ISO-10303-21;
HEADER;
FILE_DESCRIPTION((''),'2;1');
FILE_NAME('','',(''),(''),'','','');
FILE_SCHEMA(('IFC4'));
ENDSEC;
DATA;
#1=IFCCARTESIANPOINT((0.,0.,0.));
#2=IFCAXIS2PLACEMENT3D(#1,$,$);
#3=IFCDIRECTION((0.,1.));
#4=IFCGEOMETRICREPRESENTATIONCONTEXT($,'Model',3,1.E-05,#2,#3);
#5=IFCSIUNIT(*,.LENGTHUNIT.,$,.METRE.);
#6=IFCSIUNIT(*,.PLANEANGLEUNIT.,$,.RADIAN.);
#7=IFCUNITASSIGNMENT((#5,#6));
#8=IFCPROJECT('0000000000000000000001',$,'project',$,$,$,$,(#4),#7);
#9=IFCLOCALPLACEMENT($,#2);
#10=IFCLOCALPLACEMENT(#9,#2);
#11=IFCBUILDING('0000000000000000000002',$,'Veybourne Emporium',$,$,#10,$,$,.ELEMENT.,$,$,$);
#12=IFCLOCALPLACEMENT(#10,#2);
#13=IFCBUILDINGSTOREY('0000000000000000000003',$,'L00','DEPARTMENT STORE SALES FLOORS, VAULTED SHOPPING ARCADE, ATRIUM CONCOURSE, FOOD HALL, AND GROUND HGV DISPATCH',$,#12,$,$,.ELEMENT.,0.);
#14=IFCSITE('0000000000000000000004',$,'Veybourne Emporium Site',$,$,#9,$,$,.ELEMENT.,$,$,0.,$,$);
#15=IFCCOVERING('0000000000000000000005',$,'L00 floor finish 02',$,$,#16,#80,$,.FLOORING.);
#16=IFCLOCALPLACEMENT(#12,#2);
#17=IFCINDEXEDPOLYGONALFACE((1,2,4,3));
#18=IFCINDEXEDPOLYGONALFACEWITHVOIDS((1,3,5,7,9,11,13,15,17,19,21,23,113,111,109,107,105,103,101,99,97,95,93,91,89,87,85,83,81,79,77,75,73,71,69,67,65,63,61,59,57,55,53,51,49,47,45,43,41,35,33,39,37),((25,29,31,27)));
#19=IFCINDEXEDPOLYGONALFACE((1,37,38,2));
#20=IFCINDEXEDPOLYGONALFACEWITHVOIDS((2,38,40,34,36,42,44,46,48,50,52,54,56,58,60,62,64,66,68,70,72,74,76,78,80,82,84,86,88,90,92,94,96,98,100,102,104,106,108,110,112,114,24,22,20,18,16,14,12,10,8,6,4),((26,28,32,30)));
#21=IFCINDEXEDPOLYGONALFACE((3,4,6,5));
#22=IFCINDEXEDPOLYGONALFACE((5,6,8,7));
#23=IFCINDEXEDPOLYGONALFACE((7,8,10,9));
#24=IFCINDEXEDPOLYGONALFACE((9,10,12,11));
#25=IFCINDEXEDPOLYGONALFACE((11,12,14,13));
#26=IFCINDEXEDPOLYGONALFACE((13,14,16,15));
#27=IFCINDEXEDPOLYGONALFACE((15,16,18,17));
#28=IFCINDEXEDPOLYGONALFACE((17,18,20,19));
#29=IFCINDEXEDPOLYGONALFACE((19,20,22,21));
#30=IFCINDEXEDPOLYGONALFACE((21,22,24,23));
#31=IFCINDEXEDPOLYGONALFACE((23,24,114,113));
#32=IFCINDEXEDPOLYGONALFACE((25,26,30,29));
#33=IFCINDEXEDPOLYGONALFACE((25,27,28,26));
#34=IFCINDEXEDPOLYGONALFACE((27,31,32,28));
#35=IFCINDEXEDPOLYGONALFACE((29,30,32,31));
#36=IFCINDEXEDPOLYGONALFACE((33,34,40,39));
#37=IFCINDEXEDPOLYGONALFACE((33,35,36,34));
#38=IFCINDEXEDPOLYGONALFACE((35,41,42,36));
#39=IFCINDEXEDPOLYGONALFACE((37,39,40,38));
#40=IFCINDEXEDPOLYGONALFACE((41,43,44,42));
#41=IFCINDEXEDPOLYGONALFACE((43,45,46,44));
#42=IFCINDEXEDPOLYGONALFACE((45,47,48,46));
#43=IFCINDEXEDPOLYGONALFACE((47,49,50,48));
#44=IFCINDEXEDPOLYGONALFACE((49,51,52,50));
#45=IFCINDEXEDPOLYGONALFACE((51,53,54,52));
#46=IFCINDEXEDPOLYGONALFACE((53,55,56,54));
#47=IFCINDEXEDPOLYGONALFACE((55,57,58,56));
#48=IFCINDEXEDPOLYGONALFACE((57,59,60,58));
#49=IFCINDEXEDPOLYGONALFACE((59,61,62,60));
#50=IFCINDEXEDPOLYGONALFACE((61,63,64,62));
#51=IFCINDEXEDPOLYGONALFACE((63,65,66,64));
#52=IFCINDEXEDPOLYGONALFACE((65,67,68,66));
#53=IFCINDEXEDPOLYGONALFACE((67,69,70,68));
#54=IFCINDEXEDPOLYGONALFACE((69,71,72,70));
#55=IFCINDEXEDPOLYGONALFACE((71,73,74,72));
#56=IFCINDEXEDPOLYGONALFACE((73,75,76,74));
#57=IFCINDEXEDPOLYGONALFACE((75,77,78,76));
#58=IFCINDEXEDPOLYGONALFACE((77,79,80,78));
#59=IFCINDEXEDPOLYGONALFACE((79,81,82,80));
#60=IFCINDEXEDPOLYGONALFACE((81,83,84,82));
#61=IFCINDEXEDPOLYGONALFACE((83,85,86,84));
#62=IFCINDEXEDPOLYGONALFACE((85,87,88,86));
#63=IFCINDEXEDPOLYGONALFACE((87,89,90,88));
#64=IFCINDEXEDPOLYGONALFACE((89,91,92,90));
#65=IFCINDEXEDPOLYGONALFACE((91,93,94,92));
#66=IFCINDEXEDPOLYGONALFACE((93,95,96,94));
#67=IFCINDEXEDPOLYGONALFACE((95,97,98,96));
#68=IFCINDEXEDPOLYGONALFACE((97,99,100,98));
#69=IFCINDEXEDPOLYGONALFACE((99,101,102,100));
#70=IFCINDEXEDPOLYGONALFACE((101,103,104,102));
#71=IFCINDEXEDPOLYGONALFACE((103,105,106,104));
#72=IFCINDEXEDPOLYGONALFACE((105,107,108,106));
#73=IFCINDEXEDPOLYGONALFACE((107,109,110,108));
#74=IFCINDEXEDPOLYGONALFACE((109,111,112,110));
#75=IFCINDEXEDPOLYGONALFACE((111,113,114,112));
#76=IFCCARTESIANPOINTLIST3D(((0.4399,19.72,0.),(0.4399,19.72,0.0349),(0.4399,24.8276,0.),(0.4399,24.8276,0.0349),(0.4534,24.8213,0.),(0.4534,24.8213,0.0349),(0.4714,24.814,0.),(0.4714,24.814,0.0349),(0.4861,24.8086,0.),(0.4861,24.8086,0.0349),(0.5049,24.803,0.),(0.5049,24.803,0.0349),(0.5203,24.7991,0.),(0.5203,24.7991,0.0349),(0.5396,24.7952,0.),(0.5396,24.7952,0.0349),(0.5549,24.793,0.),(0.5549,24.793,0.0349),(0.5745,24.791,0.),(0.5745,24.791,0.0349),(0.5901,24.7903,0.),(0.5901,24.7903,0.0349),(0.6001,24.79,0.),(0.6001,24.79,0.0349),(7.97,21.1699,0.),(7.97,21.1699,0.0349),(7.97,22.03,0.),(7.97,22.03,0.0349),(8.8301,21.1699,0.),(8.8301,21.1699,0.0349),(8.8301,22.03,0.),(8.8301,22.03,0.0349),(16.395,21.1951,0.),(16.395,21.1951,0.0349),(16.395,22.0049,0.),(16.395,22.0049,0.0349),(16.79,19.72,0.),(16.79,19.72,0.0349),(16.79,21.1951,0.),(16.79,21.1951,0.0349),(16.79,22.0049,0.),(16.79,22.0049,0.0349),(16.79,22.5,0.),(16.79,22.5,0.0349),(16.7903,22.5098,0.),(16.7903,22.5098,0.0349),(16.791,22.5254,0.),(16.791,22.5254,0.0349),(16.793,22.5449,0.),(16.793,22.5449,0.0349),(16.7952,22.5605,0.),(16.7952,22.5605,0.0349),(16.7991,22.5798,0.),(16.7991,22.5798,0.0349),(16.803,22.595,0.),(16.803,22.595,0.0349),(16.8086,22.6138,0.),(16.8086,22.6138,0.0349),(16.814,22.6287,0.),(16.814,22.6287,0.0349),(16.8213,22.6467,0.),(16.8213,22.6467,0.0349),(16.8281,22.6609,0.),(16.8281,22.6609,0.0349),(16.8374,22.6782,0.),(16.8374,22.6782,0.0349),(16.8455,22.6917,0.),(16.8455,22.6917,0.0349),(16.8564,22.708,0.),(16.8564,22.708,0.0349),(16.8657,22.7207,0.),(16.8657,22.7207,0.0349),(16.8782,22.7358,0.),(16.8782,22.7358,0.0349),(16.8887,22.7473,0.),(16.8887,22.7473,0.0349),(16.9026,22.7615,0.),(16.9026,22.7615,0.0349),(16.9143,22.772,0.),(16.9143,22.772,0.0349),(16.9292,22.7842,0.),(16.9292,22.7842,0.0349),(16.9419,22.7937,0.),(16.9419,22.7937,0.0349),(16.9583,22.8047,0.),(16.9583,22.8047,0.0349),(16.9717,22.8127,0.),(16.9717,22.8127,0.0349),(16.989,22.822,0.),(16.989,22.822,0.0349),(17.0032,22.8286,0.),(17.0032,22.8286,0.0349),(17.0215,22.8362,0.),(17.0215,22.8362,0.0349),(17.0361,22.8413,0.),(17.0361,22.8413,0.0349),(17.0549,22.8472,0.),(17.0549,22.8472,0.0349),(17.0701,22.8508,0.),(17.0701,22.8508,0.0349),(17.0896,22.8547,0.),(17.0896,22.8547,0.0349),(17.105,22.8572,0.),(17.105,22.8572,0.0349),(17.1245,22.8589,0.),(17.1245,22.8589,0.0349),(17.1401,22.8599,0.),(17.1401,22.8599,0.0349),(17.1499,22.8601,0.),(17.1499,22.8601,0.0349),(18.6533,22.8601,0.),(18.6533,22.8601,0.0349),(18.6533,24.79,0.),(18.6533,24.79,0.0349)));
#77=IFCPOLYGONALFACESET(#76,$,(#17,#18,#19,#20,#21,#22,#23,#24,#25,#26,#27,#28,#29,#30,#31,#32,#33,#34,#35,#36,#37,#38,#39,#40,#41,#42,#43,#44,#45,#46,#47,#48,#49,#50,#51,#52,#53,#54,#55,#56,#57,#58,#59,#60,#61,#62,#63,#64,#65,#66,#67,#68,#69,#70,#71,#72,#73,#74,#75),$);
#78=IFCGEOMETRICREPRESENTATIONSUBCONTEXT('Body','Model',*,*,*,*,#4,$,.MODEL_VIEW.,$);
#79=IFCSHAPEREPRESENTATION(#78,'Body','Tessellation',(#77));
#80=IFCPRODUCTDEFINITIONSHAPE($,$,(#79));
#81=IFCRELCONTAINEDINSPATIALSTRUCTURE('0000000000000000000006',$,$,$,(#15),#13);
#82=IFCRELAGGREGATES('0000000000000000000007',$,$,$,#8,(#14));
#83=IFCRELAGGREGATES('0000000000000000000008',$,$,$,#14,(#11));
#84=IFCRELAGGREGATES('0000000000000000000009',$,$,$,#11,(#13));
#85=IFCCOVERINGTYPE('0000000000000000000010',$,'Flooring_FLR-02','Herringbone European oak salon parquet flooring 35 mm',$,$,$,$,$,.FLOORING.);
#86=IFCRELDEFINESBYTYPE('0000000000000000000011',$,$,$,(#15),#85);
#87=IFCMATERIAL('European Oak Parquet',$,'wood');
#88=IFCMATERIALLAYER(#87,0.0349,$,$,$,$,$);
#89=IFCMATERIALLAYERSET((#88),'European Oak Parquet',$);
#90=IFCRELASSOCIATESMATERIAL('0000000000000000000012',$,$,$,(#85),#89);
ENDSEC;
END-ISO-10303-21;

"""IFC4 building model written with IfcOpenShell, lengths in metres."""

from ifc_helpers import new_model, si_unit, direction, origin, place, context, subcontext, project, spatial, polyline, outline, extrude, material, layer, layer_set, type_object, element, save


model = new_model("IFC4")

# Units and contexts
model_context = context("Model", 3, precision=1e-05, world=origin(), true_north=direction((0.0, 1.0)))
body_context = subcontext(model_context, "Body", "Model", "MODEL_VIEW")
ifc_project = project(units=[si_unit("LENGTHUNIT", "METRE"), si_unit("PLANEANGLEUNIT", "RADIAN")], contexts=[model_context])

# Site, building, storey
site_placement = place(None, origin())
site = spatial("IfcSite", under=ifc_project, at=site_placement, Name="Veybourne Emporium Site", CompositionType="ELEMENT", RefElevation=0.0)
building_placement = place(site_placement, origin())
building = spatial("IfcBuilding", under=site, at=building_placement, Name="Veybourne Emporium", CompositionType="ELEMENT")
storey_placement = place(building_placement, origin())
storey = spatial("IfcBuildingStorey", under=building, at=storey_placement, Name="L00", Description="DEPARTMENT STORE SALES FLOORS, VAULTED SHOPPING ARCADE, ATRIUM CONCOURSE, FOOD HALL, AND GROUND HGV DISPATCH", CompositionType="ELEMENT", Elevation=0.0)

# Covering
ifc_material_1 = material(Name="European Oak Parquet", Category="wood")
ifc_layer_1 = layer(ifc_material_1, 0.0349)
ifc_layer_set_1 = layer_set([ifc_layer_1], Name="European Oak Parquet")
covering_type_1 = type_object("IfcCoveringType", Name="Flooring_FLR-02", Description="Herringbone European oak salon parquet flooring 35 mm", PredefinedType="FLOORING", material=ifc_layer_set_1)
covering_1_placement = place(storey_placement, origin())
element("IfcCovering", 1, at=covering_1_placement, inside=storey, type_object=covering_type_1, Name="L00 floor finish 02", PredefinedType="FLOORING", context=body_context, shape_type="SweptSolid", body=[
    extrude(outline(polyline([(0.4534, 24.8213), (0.4714, 24.814), (0.4861, 24.8086), (0.5049, 24.803), (0.5203, 24.7991), (0.5396, 24.7952), (0.5549, 24.793), (0.5745, 24.791), (0.5901, 24.7903), (0.6001, 24.79), (18.6533, 24.79), (18.6533, 22.8601), (17.1499, 22.8601), (17.1401, 22.8599), (17.1245, 22.8589), (17.105, 22.8572), (17.0896, 22.8547), (17.0701, 22.8508), (17.0549, 22.8472), (17.0361, 22.8413), (17.0215, 22.8362), (17.0032, 22.8286), (16.989, 22.822), (16.9717, 22.8127), (16.9583, 22.8047), (16.9419, 22.7937), (16.9292, 22.7842), (16.9143, 22.772), (16.9026, 22.7615), (16.8887, 22.7473), (16.8782, 22.7358), (16.8657, 22.7207), (16.8564, 22.708), (16.8455, 22.6917), (16.8374, 22.6782), (16.8281, 22.6609), (16.8213, 22.6467), (16.814, 22.6287), (16.8086, 22.6138), (16.803, 22.595), (16.7991, 22.5798), (16.7952, 22.5605), (16.793, 22.5449), (16.791, 22.5254), (16.7903, 22.5098), (16.79, 22.5), (16.79, 22.0049), (16.395, 22.0049), (16.395, 21.1951), (16.79, 21.1951), (16.79, 19.72), (0.4399, 19.72), (0.4399, 24.8276), (0.4534, 24.8213)]), holes=[polyline([(8.8301, 22.03), (7.97, 22.03), (7.97, 21.1699), (8.8301, 21.1699), (8.8301, 22.03)])]), origin(), (0.0, 0.0, 1.0), 0.0349),
])

save(model, "model.ifc")
